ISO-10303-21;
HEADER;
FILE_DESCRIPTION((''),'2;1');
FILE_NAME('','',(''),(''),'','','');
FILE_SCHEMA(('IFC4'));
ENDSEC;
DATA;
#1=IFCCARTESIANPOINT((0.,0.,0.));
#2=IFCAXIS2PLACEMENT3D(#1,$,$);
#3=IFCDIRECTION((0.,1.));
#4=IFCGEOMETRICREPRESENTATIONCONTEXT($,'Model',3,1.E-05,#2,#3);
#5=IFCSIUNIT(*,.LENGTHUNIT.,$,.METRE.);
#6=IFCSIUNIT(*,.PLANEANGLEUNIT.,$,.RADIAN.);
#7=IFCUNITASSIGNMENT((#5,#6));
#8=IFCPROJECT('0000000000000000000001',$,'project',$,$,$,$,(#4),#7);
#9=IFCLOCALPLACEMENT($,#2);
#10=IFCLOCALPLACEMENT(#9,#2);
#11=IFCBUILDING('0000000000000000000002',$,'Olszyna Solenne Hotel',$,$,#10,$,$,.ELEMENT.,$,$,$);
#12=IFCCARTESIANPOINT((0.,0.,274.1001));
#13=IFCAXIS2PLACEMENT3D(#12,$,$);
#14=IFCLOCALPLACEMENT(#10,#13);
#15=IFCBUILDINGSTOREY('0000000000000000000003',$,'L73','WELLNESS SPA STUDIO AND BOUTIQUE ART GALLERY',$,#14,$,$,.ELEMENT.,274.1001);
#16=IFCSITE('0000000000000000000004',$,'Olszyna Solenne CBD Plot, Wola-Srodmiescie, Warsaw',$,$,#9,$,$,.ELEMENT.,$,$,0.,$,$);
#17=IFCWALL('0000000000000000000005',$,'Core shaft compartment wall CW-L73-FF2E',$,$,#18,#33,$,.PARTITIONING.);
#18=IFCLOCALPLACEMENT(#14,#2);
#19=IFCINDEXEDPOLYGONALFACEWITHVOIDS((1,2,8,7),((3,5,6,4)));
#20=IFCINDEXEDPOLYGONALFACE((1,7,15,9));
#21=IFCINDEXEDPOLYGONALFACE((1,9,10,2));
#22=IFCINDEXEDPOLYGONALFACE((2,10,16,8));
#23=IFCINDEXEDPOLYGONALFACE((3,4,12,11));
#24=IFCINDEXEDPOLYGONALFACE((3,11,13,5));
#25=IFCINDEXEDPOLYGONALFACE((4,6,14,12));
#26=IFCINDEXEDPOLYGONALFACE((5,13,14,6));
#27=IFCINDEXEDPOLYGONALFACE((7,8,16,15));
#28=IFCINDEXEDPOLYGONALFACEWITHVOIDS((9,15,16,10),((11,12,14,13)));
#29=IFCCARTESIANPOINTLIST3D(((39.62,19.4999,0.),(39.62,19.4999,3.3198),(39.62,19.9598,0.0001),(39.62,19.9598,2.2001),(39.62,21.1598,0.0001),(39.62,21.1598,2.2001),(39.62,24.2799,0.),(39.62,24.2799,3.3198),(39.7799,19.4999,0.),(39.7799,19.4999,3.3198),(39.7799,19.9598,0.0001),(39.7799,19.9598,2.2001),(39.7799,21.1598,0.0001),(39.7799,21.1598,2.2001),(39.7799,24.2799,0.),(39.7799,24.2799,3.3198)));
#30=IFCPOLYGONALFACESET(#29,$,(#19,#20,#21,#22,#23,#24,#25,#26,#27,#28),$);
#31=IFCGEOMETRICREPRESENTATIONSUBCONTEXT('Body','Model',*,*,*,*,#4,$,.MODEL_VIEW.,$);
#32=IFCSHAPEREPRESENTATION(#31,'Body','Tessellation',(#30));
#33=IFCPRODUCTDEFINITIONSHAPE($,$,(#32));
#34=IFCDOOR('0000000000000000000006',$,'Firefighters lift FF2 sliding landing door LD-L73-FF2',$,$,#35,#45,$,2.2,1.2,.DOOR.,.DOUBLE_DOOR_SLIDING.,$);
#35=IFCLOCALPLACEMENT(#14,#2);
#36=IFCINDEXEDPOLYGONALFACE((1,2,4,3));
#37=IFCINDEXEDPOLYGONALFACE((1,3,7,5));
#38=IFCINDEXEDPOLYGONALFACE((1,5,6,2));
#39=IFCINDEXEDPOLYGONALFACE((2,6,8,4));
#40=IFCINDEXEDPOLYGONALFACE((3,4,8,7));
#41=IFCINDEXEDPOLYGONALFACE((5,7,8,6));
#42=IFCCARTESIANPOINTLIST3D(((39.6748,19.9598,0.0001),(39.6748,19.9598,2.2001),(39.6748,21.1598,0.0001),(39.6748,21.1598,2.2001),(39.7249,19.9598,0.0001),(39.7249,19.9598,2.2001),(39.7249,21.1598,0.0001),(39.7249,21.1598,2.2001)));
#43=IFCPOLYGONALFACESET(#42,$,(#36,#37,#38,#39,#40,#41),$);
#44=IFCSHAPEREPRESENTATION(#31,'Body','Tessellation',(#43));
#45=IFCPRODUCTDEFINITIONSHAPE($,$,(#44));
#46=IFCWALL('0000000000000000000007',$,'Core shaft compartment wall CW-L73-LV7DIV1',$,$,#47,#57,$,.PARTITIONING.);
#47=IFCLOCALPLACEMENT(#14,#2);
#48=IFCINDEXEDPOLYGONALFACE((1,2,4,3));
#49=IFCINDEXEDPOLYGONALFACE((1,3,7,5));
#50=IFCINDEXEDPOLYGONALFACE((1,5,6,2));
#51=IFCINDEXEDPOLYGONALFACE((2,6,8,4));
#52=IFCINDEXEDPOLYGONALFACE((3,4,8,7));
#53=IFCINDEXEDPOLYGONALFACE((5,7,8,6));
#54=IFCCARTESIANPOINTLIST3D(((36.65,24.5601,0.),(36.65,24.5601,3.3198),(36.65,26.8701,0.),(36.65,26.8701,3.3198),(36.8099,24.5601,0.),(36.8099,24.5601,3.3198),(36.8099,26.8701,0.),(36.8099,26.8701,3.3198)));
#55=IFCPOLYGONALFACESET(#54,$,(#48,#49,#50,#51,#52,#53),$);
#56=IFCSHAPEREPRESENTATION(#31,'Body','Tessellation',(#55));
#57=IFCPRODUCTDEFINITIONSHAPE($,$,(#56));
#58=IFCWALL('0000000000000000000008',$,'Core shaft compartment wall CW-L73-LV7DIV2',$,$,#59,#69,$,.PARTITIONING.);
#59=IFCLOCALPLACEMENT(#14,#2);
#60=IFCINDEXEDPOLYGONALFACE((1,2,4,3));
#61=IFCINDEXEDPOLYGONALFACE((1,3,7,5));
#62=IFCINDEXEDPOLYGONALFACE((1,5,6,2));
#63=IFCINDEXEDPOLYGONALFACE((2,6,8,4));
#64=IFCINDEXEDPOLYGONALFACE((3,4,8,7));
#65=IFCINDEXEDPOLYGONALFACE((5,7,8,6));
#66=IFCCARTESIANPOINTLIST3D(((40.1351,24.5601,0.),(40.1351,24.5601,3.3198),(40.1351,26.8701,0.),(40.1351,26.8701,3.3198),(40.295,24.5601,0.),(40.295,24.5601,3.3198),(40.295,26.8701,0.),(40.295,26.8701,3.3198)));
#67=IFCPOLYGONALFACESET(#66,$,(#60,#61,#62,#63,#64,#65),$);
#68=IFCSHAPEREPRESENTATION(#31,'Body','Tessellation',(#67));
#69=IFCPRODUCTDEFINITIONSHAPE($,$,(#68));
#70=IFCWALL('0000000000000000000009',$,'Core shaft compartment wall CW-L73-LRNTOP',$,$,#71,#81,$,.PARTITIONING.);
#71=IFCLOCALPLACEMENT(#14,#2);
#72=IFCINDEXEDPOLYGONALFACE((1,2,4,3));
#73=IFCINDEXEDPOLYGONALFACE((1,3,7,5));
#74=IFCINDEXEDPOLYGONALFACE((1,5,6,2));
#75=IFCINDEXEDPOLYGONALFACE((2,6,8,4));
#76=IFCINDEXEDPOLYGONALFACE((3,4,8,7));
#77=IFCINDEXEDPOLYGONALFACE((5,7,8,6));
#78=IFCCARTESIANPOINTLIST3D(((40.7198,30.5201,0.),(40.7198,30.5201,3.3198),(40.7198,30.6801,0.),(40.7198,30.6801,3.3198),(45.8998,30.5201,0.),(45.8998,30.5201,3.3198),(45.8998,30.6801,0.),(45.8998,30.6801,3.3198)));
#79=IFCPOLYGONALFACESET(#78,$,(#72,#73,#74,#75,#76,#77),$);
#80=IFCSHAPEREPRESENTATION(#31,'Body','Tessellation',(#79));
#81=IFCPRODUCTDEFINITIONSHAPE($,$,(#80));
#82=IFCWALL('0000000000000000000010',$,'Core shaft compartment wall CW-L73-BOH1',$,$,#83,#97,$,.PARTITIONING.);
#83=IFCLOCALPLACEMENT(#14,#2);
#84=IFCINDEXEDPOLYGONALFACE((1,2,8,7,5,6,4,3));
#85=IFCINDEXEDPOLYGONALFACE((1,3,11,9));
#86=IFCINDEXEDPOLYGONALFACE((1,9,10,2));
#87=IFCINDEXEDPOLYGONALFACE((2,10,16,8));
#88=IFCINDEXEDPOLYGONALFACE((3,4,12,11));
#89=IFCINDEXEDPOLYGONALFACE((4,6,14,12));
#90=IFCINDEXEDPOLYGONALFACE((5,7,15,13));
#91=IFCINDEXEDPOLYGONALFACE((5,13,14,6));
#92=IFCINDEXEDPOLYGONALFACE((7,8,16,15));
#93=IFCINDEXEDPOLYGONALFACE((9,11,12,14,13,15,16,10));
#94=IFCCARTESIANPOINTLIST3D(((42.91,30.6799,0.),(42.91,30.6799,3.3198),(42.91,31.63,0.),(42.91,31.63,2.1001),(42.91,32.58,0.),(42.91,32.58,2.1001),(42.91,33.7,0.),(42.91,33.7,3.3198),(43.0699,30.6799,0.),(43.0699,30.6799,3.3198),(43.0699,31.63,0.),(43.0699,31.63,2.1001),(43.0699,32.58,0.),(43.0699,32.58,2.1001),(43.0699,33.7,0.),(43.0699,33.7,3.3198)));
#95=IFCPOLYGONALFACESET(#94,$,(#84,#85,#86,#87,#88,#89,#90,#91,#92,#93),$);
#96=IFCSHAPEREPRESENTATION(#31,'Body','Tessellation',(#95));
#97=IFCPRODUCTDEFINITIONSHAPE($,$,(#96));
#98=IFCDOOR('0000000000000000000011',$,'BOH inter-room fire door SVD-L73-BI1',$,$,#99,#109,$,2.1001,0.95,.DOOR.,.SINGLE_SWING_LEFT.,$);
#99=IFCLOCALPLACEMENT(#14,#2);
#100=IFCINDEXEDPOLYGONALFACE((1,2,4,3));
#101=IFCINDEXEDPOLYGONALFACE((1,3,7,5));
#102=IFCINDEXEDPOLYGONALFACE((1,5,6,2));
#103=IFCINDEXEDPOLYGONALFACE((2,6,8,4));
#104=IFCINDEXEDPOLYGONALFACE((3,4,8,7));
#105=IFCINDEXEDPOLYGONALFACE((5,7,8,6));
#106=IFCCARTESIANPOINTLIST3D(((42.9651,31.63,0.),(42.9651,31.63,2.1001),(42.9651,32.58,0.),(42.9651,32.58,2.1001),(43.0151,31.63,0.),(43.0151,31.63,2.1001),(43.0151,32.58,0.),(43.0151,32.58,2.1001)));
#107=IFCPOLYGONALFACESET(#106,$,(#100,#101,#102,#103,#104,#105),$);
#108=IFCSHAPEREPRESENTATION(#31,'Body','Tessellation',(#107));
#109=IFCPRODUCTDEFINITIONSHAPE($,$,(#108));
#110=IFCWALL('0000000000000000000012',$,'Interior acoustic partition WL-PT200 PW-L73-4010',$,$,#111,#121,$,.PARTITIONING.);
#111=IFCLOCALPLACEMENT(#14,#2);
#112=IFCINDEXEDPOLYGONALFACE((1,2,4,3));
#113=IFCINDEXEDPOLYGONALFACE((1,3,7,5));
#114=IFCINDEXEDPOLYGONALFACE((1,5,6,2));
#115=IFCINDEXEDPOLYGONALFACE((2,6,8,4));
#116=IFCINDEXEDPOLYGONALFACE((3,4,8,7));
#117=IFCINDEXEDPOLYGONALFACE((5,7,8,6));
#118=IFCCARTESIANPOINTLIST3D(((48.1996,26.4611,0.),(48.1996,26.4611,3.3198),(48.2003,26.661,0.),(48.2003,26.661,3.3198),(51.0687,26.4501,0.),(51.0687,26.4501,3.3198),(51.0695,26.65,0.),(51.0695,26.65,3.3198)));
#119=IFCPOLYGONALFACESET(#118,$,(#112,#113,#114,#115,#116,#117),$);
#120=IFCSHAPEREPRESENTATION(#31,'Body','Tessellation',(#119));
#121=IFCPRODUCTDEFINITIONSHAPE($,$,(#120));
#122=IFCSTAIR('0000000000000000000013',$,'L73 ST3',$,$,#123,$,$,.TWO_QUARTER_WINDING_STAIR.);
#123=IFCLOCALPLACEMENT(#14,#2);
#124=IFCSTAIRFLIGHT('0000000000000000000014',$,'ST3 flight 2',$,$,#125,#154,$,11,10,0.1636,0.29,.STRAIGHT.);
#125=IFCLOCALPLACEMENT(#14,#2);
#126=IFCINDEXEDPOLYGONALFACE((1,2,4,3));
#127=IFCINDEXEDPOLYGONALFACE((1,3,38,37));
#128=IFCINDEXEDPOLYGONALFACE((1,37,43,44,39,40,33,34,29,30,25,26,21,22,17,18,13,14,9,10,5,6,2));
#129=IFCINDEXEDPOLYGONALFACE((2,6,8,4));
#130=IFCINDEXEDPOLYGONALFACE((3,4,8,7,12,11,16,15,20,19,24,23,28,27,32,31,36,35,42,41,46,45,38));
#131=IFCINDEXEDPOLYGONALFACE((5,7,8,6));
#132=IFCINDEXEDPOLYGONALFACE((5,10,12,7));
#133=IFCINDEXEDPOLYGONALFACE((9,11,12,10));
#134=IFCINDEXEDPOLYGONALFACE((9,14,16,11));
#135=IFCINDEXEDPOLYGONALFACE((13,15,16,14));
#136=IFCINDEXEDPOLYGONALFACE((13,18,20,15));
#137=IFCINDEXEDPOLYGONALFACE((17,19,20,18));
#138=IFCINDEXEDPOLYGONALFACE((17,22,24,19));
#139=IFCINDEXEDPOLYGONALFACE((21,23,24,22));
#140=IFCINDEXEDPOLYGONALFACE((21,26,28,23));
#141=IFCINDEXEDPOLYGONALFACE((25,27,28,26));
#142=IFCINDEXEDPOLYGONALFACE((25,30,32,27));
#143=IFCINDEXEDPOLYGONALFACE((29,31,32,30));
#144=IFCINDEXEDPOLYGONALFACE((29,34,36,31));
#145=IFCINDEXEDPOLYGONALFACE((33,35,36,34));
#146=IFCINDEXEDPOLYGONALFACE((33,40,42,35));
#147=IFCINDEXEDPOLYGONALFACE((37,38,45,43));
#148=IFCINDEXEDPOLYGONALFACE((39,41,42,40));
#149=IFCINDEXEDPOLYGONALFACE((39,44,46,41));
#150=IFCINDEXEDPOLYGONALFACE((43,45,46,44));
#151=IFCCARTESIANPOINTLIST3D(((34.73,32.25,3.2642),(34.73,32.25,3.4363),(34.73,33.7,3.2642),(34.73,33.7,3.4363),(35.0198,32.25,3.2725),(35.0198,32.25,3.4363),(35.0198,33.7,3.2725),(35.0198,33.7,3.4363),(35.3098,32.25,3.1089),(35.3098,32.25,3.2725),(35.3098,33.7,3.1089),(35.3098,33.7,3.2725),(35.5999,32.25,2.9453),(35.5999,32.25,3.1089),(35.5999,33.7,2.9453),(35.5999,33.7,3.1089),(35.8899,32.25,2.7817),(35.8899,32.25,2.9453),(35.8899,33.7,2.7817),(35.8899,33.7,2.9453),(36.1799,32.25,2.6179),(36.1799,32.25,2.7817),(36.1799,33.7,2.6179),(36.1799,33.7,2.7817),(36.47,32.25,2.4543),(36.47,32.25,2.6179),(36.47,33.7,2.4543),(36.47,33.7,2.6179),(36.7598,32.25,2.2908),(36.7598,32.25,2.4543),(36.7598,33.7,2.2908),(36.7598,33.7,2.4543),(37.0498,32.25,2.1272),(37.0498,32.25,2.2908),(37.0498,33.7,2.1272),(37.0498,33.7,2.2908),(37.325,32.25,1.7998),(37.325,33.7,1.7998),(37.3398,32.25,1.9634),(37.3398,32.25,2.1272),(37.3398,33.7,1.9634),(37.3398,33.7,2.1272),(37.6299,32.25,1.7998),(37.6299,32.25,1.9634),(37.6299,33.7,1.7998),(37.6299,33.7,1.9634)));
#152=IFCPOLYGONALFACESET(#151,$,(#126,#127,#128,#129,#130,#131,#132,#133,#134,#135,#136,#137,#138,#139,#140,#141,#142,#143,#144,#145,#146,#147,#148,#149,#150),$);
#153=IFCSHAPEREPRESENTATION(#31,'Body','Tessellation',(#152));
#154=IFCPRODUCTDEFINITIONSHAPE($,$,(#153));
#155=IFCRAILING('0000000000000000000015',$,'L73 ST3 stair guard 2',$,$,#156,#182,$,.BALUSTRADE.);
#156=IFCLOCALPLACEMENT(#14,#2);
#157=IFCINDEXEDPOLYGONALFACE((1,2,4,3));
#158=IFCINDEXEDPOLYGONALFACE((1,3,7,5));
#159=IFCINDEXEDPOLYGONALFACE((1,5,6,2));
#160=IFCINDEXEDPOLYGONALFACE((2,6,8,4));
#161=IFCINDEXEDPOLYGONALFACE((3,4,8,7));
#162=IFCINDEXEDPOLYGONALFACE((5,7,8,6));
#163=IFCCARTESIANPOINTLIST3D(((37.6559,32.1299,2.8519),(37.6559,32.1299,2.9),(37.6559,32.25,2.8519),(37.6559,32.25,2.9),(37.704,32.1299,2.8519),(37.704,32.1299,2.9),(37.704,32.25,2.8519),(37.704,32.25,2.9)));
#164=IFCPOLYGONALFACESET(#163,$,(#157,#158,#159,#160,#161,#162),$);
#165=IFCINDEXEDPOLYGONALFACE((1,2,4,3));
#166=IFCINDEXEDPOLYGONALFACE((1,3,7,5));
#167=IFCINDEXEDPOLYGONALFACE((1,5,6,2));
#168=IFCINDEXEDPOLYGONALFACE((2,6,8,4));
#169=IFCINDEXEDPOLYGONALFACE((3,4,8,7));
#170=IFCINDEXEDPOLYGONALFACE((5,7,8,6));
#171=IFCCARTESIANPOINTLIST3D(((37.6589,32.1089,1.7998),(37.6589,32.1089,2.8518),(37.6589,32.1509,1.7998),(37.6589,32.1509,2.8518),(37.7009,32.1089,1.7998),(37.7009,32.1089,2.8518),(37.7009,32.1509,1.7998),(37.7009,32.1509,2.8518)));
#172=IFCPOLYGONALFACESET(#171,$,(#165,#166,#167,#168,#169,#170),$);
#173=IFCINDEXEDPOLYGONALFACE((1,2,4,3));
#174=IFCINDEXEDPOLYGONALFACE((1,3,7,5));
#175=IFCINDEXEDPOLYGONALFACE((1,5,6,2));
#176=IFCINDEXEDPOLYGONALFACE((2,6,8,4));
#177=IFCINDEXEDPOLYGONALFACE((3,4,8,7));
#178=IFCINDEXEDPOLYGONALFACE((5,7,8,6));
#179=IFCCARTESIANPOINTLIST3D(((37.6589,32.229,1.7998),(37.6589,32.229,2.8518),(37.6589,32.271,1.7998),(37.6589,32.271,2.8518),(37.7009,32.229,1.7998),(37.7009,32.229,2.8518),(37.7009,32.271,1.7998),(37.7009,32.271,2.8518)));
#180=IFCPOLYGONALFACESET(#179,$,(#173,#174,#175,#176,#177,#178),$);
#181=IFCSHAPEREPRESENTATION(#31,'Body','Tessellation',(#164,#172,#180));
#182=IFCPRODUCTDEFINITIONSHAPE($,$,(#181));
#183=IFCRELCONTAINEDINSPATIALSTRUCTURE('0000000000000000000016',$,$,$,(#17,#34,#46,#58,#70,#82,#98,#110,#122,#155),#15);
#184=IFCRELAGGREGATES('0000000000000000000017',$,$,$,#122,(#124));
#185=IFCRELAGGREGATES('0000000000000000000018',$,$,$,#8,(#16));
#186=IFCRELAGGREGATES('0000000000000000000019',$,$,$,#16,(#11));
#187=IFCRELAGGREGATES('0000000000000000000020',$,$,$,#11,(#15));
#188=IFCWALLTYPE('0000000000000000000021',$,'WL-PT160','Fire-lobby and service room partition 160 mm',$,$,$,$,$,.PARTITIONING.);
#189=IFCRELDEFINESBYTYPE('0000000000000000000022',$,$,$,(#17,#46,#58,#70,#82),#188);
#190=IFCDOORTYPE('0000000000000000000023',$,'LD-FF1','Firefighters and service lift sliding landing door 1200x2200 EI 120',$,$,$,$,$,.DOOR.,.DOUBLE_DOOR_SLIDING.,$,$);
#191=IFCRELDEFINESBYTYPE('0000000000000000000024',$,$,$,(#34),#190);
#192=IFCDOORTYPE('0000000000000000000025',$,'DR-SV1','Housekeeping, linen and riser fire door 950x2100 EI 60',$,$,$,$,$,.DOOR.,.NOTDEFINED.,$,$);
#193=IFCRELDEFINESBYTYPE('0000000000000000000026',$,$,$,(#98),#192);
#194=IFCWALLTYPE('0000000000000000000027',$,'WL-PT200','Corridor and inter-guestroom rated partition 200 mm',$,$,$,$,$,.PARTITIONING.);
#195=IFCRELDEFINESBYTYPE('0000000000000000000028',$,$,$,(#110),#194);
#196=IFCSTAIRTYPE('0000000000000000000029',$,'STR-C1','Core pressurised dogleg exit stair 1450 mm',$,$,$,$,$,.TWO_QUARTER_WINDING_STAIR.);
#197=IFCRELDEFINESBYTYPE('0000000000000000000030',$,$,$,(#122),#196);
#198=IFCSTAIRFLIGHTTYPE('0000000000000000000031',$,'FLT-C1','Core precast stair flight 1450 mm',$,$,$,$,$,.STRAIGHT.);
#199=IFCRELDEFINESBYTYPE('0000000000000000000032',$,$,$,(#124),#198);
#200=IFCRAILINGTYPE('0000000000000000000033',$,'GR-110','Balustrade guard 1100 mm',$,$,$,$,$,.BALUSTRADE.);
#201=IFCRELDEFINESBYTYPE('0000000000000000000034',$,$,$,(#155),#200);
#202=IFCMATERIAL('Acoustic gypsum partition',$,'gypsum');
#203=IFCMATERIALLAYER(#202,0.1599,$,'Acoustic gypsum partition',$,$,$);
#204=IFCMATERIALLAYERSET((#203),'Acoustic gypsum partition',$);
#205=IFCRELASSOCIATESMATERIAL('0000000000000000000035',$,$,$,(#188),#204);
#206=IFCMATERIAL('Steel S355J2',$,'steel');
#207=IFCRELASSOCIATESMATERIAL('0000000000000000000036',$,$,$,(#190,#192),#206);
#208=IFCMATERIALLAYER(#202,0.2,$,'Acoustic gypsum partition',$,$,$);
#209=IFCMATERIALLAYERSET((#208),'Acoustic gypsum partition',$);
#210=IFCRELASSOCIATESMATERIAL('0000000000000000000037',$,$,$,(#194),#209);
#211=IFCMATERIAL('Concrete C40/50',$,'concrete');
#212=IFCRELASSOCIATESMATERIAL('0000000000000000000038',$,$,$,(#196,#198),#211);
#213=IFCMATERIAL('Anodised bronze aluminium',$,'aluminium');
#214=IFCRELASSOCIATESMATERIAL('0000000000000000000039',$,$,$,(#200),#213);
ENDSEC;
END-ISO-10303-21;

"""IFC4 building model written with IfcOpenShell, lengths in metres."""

from ifc_helpers import new_model, si_unit, direction, frame, frame_2d, origin, origin_2d, place, context, subcontext, project, spatial, polyline, rectangle, outline, extrude, source, transform, mapped, material, layer, layer_set, type_object, type_shapes, element, fill, aggregate, save


model = new_model("IFC4")

# Units and contexts
model_context = context("Model", 3, precision=1e-05, world=origin(), true_north=direction((0.0, 1.0)))
body_context = subcontext(model_context, "Body", "Model", "MODEL_VIEW")
ifc_project = project(units=[si_unit("LENGTHUNIT", "METRE"), si_unit("PLANEANGLEUNIT", "RADIAN")], contexts=[model_context])

# Site, building, storey
site_placement = place(None, origin())
site = spatial("IfcSite", under=ifc_project, at=site_placement, Name="Olszyna Solenne CBD Plot, Wola-Srodmiescie, Warsaw", CompositionType="ELEMENT", RefElevation=0.0)
building_placement = place(site_placement, origin())
building = spatial("IfcBuilding", under=site, at=building_placement, Name="Olszyna Solenne Hotel", CompositionType="ELEMENT")
storey_placement = place(building_placement, frame((0.0, 0.0, 274.1001)))
storey = spatial("IfcBuildingStorey", under=building, at=storey_placement, Name="L73", Description="WELLNESS SPA STUDIO AND BOUTIQUE ART GALLERY", CompositionType="ELEMENT", Elevation=274.1001)

# Shared definitions
ifc_material_1 = material(Name="Steel S355J2", Category="steel")

# Shared definitions
ifc_material_2 = material(Name="Anodised bronze aluminium", Category="aluminium")

# Shared definitions
ifc_material_3 = material(Name="Acoustic gypsum partition", Category="gypsum")

# Shared definitions
ifc_layer_1 = layer(ifc_material_3, 0.1599, Name="Acoustic gypsum partition")
ifc_layer_set_1 = layer_set([ifc_layer_1], Name="Acoustic gypsum partition")
wall_type_1 = type_object("IfcWallType", Name="WL-PT160", Description="Fire-lobby and service room partition 160 mm", PredefinedType="PARTITIONING", material=ifc_layer_set_1)

# Wall, opening, door
wall_1_placement = place(storey_placement, frame((39.7, 24.28, 0.0), z_axis=(0.0, 0.0, 1.0), x_axis=(0.0, -1.0, 0.0)))
wall_1 = element("IfcWall", 1, at=wall_1_placement, inside=storey, type_object=wall_type_1, Name="Core shaft compartment wall CW-L73-FF2E", PredefinedType="PARTITIONING", context=body_context, shape_type="SweptSolid", body=[
    extrude(rectangle(XDim=4.78, YDim=0.1599, at=frame_2d((2.3901, 0.0))), origin(), (0.0, 0.0, 1.0), 3.3198),
])
opening_1_placement = place(wall_1_placement, frame((3.1201, 0.0, 0.0)))
opening_1 = element("IfcOpeningElement", 2, at=opening_1_placement, cuts=wall_1, PredefinedType="OPENING", context=body_context, shape_type="SweptSolid", body=[
    extrude(rectangle(XDim=1.2, YDim=2.2, at=frame_2d((0.6001, 1.1001))), frame((0.0, 0.0898, 0.0), z_axis=(0.0, -1.0, 0.0), x_axis=(1.0, 0.0, 0.0)), (0.0, 0.0, 1.0), 0.1799),
])
door_type_1 = type_object("IfcDoorType", Name="LD-FF1", Description="Firefighters and service lift sliding landing door 1200x2200 EI 120", OperationType="DOUBLE_DOOR_SLIDING", PredefinedType="DOOR", material=ifc_material_1)
shared_shape_1 = source(origin(), body_context, "Body", "SweptSolid", [
    extrude(rectangle(XDim=1.2, YDim=2.2, at=frame_2d((0.6001, 1.1001))), frame((0.0, 0.0249, 0.0), z_axis=(0.0, -1.0, 0.0), x_axis=(1.0, 0.0, 0.0)), (0.0, 0.0, 1.0), 0.05),
])
type_shapes(door_type_1, [shared_shape_1])
door_1_placement = place(opening_1_placement, origin())
door_1 = element("IfcDoor", 3, at=door_1_placement, inside=storey, type_object=door_type_1, Name="Firefighters lift FF2 sliding landing door LD-L73-FF2", OperationType="DOUBLE_DOOR_SLIDING", OverallHeight=2.2, OverallWidth=1.2, PredefinedType="DOOR", context=body_context, shape_type="MappedRepresentation", body=[
    mapped(shared_shape_1, transform((0.0, 0.0, 0.0), x_axis=(1.0, 0.0, 0.0), y_axis=(0.0, 1.0, 0.0), z_axis=(0.0, 0.0, 1.0), scale=1.0)),
])
fill(opening_1, door_1)

# Walls
for number, where, z_axis, x_axis, name in (
    (4, (36.73, 24.5601, 0.0), (0.0, 0.0, 1.0), (0.0, 1.0, 0.0), "Core shaft compartment wall CW-L73-LV7DIV1"),
    (5, (40.2151, 24.5601, 0.0), (0.0, 0.0, 1.0), (0.0, 1.0, 0.0), "Core shaft compartment wall CW-L73-LV7DIV2"),
):
    element("IfcWall", number, at=place(storey_placement, frame(where, z_axis=z_axis, x_axis=x_axis)), inside=storey, type_object=wall_type_1, Name=name, PredefinedType="PARTITIONING", context=body_context, shape_type="SweptSolid", body=[
        extrude(rectangle(XDim=2.3101, YDim=0.1599, at=frame_2d((1.155, 0.0))), origin(), (0.0, 0.0, 1.0), 3.3198),
    ])
wall_2_placement = place(storey_placement, frame((40.72, 30.6001, 0.0), z_axis=(0.0, 0.0, 1.0), x_axis=(1.0, 0.0, 0.0)))
element("IfcWall", 6, at=wall_2_placement, inside=storey, type_object=wall_type_1, Name="Core shaft compartment wall CW-L73-LRNTOP", PredefinedType="PARTITIONING", context=body_context, shape_type="SweptSolid", body=[
    extrude(rectangle(XDim=5.1799, YDim=0.1599, at=frame_2d((2.5898, 0.0))), origin(), (0.0, 0.0, 1.0), 3.3198),
])

# Wall, opening, door
wall_3_placement = place(storey_placement, frame((42.99, 30.6799, 0.0), z_axis=(0.0, 0.0, 1.0), x_axis=(0.0, 1.0, 0.0)))
wall_3 = element("IfcWall", 7, at=wall_3_placement, inside=storey, type_object=wall_type_1, Name="Core shaft compartment wall CW-L73-BOH1", PredefinedType="PARTITIONING", context=body_context, shape_type="SweptSolid", body=[
    extrude(rectangle(XDim=3.02, YDim=0.1599, at=frame_2d((1.51, 0.0))), origin(), (0.0, 0.0, 1.0), 3.3198),
])
opening_2_placement = place(wall_3_placement, frame((0.95, 0.0, 0.0)))
opening_2 = element("IfcOpeningElement", 8, at=opening_2_placement, cuts=wall_3, PredefinedType="OPENING", context=body_context, shape_type="SweptSolid", body=[
    extrude(rectangle(XDim=0.95, YDim=2.1001, at=frame_2d((0.4751, 1.05))), frame((0.0, 0.0898, 0.0), z_axis=(0.0, -1.0, 0.0), x_axis=(1.0, 0.0, 0.0)), (0.0, 0.0, 1.0), 0.1799),
])
door_type_2 = type_object("IfcDoorType", Name="DR-SV1", Description="Housekeeping, linen and riser fire door 950x2100 EI 60", OperationType="NOTDEFINED", PredefinedType="DOOR", material=ifc_material_1)
shared_shape_2 = source(origin(), body_context, "Body", "SweptSolid", [
    extrude(rectangle(XDim=0.95, YDim=2.1001, at=frame_2d((0.4751, 1.05))), frame((0.0, 0.0249, 0.0), z_axis=(0.0, -1.0, 0.0), x_axis=(1.0, 0.0, 0.0)), (0.0, 0.0, 1.0), 0.05),
])
type_shapes(door_type_2, [shared_shape_2])
door_2_placement = place(opening_2_placement, origin())
door_2 = element("IfcDoor", 9, at=door_2_placement, inside=storey, type_object=door_type_2, Name="BOH inter-room fire door SVD-L73-BI1", OperationType="SINGLE_SWING_LEFT", OverallHeight=2.1001, OverallWidth=0.95, PredefinedType="DOOR", context=body_context, shape_type="MappedRepresentation", body=[
    mapped(shared_shape_2, transform((0.0, 0.0, 0.0), x_axis=(1.0, 0.0, 0.0), y_axis=(0.0, 1.0, 0.0), z_axis=(0.0, 0.0, 1.0), scale=1.0)),
])
fill(opening_2, door_2)

# Wall
ifc_layer_2 = layer(ifc_material_3, 0.2, Name="Acoustic gypsum partition")
ifc_layer_set_2 = layer_set([ifc_layer_2], Name="Acoustic gypsum partition")
wall_type_2 = type_object("IfcWallType", Name="WL-PT200", Description="Corridor and inter-guestroom rated partition 200 mm", PredefinedType="PARTITIONING", material=ifc_layer_set_2)
wall_4_placement = place(storey_placement, frame((48.2, 26.561, 0.0), z_axis=(0.0, 0.0, 1.0), x_axis=(0.999993, -0.003829, 0.0)))
element("IfcWall", 10, at=wall_4_placement, inside=storey, type_object=wall_type_2, Name="Interior acoustic partition WL-PT200 PW-L73-4010", PredefinedType="PARTITIONING", context=body_context, shape_type="SweptSolid", body=[
    extrude(rectangle(XDim=2.8691, YDim=0.2, at=frame_2d((1.4346, 0.0))), origin(), (0.0, 0.0, 1.0), 3.3198),
])

# Stair, stair flight
ifc_material_4 = material(Name="Concrete C40/50", Category="concrete")
stair_type = type_object("IfcStairType", Name="STR-C1", Description="Core pressurised dogleg exit stair 1450 mm", PredefinedType="TWO_QUARTER_WINDING_STAIR", material=ifc_material_4)
stair_placement = place(storey_placement, origin())
stair = element("IfcStair", 11, at=stair_placement, inside=storey, type_object=stair_type, Name="L73 ST3", PredefinedType="TWO_QUARTER_WINDING_STAIR")
stair_flight_type = type_object("IfcStairFlightType", Name="FLT-C1", Description="Core precast stair flight 1450 mm", PredefinedType="STRAIGHT", material=ifc_material_4)
stair_flight_placement = place(storey_placement, frame((37.6299, 32.9751, 1.7998), z_axis=(0.0, 0.0, 1.0), x_axis=(-1.0, 0.0, 0.0)))
stair_flight = element("IfcStairFlight", 12, at=stair_flight_placement, type_object=stair_flight_type, Name="ST3 flight 2", NumberOfRisers=11, NumberOfTreads=10, PredefinedType="STRAIGHT", RiserHeight=0.1636, TreadLength=0.29, context=body_context, shape_type="SweptSolid", body=[
    extrude(outline(polyline([(0.0, 0.0), (0.0, 0.1636), (0.29, 0.1636), (0.29, 0.3274), (0.5801, 0.3274), (0.5801, 0.491), (0.8701, 0.491), (0.8701, 0.6545), (1.1599, 0.6545), (1.1599, 0.8181), (1.45, 0.8181), (1.45, 0.9819), (1.74, 0.9819), (1.74, 1.1455), (2.03, 1.1455), (2.03, 1.3091), (2.3201, 1.3091), (2.3201, 1.4727), (2.6101, 1.4727), (2.6101, 1.6365), (2.8999, 1.6365), (2.8999, 1.8), (2.8999, 1.4644), (0.3049, 0.0), (0.0, 0.0)])), frame((0.0, 0.7251, 0.0), z_axis=(0.0, -1.0, 0.0), x_axis=(1.0, 0.0, 0.0)), (0.0, 0.0, 1.0), 1.45),
])
aggregate(stair, [stair_flight])

# Railing
railing_type = type_object("IfcRailingType", Name="GR-110", Description="Balustrade guard 1100 mm", PredefinedType="BALUSTRADE", material=ifc_material_2)
railing_1_placement = place(storey_placement, frame((37.6799, 32.1299, 1.7998)))
element("IfcRailing", 13, at=railing_1_placement, inside=storey, type_object=railing_type, Name="L73 ST3 stair guard 2", PredefinedType="BALUSTRADE", context=body_context, shape_type="SweptSolid", body=[
    extrude(rectangle(XDim=0.0481, YDim=0.0481, at=origin_2d()), frame((0.0, 0.0, 1.0762), z_axis=(0.0, 1.0, 0.0), x_axis=(-1.0, 0.0, 0.0)), (0.0, 0.0, 1.0), 0.1201),
    extrude(rectangle(XDim=0.042, YDim=0.042, at=origin_2d()), origin(), (0.0, 0.0, 1.0), 1.052),
    extrude(rectangle(XDim=0.042, YDim=0.042, at=origin_2d()), frame((0.0, 0.1201, 0.0)), (0.0, 0.0, 1.0), 1.052),
])

save(model, "model.ifc")
